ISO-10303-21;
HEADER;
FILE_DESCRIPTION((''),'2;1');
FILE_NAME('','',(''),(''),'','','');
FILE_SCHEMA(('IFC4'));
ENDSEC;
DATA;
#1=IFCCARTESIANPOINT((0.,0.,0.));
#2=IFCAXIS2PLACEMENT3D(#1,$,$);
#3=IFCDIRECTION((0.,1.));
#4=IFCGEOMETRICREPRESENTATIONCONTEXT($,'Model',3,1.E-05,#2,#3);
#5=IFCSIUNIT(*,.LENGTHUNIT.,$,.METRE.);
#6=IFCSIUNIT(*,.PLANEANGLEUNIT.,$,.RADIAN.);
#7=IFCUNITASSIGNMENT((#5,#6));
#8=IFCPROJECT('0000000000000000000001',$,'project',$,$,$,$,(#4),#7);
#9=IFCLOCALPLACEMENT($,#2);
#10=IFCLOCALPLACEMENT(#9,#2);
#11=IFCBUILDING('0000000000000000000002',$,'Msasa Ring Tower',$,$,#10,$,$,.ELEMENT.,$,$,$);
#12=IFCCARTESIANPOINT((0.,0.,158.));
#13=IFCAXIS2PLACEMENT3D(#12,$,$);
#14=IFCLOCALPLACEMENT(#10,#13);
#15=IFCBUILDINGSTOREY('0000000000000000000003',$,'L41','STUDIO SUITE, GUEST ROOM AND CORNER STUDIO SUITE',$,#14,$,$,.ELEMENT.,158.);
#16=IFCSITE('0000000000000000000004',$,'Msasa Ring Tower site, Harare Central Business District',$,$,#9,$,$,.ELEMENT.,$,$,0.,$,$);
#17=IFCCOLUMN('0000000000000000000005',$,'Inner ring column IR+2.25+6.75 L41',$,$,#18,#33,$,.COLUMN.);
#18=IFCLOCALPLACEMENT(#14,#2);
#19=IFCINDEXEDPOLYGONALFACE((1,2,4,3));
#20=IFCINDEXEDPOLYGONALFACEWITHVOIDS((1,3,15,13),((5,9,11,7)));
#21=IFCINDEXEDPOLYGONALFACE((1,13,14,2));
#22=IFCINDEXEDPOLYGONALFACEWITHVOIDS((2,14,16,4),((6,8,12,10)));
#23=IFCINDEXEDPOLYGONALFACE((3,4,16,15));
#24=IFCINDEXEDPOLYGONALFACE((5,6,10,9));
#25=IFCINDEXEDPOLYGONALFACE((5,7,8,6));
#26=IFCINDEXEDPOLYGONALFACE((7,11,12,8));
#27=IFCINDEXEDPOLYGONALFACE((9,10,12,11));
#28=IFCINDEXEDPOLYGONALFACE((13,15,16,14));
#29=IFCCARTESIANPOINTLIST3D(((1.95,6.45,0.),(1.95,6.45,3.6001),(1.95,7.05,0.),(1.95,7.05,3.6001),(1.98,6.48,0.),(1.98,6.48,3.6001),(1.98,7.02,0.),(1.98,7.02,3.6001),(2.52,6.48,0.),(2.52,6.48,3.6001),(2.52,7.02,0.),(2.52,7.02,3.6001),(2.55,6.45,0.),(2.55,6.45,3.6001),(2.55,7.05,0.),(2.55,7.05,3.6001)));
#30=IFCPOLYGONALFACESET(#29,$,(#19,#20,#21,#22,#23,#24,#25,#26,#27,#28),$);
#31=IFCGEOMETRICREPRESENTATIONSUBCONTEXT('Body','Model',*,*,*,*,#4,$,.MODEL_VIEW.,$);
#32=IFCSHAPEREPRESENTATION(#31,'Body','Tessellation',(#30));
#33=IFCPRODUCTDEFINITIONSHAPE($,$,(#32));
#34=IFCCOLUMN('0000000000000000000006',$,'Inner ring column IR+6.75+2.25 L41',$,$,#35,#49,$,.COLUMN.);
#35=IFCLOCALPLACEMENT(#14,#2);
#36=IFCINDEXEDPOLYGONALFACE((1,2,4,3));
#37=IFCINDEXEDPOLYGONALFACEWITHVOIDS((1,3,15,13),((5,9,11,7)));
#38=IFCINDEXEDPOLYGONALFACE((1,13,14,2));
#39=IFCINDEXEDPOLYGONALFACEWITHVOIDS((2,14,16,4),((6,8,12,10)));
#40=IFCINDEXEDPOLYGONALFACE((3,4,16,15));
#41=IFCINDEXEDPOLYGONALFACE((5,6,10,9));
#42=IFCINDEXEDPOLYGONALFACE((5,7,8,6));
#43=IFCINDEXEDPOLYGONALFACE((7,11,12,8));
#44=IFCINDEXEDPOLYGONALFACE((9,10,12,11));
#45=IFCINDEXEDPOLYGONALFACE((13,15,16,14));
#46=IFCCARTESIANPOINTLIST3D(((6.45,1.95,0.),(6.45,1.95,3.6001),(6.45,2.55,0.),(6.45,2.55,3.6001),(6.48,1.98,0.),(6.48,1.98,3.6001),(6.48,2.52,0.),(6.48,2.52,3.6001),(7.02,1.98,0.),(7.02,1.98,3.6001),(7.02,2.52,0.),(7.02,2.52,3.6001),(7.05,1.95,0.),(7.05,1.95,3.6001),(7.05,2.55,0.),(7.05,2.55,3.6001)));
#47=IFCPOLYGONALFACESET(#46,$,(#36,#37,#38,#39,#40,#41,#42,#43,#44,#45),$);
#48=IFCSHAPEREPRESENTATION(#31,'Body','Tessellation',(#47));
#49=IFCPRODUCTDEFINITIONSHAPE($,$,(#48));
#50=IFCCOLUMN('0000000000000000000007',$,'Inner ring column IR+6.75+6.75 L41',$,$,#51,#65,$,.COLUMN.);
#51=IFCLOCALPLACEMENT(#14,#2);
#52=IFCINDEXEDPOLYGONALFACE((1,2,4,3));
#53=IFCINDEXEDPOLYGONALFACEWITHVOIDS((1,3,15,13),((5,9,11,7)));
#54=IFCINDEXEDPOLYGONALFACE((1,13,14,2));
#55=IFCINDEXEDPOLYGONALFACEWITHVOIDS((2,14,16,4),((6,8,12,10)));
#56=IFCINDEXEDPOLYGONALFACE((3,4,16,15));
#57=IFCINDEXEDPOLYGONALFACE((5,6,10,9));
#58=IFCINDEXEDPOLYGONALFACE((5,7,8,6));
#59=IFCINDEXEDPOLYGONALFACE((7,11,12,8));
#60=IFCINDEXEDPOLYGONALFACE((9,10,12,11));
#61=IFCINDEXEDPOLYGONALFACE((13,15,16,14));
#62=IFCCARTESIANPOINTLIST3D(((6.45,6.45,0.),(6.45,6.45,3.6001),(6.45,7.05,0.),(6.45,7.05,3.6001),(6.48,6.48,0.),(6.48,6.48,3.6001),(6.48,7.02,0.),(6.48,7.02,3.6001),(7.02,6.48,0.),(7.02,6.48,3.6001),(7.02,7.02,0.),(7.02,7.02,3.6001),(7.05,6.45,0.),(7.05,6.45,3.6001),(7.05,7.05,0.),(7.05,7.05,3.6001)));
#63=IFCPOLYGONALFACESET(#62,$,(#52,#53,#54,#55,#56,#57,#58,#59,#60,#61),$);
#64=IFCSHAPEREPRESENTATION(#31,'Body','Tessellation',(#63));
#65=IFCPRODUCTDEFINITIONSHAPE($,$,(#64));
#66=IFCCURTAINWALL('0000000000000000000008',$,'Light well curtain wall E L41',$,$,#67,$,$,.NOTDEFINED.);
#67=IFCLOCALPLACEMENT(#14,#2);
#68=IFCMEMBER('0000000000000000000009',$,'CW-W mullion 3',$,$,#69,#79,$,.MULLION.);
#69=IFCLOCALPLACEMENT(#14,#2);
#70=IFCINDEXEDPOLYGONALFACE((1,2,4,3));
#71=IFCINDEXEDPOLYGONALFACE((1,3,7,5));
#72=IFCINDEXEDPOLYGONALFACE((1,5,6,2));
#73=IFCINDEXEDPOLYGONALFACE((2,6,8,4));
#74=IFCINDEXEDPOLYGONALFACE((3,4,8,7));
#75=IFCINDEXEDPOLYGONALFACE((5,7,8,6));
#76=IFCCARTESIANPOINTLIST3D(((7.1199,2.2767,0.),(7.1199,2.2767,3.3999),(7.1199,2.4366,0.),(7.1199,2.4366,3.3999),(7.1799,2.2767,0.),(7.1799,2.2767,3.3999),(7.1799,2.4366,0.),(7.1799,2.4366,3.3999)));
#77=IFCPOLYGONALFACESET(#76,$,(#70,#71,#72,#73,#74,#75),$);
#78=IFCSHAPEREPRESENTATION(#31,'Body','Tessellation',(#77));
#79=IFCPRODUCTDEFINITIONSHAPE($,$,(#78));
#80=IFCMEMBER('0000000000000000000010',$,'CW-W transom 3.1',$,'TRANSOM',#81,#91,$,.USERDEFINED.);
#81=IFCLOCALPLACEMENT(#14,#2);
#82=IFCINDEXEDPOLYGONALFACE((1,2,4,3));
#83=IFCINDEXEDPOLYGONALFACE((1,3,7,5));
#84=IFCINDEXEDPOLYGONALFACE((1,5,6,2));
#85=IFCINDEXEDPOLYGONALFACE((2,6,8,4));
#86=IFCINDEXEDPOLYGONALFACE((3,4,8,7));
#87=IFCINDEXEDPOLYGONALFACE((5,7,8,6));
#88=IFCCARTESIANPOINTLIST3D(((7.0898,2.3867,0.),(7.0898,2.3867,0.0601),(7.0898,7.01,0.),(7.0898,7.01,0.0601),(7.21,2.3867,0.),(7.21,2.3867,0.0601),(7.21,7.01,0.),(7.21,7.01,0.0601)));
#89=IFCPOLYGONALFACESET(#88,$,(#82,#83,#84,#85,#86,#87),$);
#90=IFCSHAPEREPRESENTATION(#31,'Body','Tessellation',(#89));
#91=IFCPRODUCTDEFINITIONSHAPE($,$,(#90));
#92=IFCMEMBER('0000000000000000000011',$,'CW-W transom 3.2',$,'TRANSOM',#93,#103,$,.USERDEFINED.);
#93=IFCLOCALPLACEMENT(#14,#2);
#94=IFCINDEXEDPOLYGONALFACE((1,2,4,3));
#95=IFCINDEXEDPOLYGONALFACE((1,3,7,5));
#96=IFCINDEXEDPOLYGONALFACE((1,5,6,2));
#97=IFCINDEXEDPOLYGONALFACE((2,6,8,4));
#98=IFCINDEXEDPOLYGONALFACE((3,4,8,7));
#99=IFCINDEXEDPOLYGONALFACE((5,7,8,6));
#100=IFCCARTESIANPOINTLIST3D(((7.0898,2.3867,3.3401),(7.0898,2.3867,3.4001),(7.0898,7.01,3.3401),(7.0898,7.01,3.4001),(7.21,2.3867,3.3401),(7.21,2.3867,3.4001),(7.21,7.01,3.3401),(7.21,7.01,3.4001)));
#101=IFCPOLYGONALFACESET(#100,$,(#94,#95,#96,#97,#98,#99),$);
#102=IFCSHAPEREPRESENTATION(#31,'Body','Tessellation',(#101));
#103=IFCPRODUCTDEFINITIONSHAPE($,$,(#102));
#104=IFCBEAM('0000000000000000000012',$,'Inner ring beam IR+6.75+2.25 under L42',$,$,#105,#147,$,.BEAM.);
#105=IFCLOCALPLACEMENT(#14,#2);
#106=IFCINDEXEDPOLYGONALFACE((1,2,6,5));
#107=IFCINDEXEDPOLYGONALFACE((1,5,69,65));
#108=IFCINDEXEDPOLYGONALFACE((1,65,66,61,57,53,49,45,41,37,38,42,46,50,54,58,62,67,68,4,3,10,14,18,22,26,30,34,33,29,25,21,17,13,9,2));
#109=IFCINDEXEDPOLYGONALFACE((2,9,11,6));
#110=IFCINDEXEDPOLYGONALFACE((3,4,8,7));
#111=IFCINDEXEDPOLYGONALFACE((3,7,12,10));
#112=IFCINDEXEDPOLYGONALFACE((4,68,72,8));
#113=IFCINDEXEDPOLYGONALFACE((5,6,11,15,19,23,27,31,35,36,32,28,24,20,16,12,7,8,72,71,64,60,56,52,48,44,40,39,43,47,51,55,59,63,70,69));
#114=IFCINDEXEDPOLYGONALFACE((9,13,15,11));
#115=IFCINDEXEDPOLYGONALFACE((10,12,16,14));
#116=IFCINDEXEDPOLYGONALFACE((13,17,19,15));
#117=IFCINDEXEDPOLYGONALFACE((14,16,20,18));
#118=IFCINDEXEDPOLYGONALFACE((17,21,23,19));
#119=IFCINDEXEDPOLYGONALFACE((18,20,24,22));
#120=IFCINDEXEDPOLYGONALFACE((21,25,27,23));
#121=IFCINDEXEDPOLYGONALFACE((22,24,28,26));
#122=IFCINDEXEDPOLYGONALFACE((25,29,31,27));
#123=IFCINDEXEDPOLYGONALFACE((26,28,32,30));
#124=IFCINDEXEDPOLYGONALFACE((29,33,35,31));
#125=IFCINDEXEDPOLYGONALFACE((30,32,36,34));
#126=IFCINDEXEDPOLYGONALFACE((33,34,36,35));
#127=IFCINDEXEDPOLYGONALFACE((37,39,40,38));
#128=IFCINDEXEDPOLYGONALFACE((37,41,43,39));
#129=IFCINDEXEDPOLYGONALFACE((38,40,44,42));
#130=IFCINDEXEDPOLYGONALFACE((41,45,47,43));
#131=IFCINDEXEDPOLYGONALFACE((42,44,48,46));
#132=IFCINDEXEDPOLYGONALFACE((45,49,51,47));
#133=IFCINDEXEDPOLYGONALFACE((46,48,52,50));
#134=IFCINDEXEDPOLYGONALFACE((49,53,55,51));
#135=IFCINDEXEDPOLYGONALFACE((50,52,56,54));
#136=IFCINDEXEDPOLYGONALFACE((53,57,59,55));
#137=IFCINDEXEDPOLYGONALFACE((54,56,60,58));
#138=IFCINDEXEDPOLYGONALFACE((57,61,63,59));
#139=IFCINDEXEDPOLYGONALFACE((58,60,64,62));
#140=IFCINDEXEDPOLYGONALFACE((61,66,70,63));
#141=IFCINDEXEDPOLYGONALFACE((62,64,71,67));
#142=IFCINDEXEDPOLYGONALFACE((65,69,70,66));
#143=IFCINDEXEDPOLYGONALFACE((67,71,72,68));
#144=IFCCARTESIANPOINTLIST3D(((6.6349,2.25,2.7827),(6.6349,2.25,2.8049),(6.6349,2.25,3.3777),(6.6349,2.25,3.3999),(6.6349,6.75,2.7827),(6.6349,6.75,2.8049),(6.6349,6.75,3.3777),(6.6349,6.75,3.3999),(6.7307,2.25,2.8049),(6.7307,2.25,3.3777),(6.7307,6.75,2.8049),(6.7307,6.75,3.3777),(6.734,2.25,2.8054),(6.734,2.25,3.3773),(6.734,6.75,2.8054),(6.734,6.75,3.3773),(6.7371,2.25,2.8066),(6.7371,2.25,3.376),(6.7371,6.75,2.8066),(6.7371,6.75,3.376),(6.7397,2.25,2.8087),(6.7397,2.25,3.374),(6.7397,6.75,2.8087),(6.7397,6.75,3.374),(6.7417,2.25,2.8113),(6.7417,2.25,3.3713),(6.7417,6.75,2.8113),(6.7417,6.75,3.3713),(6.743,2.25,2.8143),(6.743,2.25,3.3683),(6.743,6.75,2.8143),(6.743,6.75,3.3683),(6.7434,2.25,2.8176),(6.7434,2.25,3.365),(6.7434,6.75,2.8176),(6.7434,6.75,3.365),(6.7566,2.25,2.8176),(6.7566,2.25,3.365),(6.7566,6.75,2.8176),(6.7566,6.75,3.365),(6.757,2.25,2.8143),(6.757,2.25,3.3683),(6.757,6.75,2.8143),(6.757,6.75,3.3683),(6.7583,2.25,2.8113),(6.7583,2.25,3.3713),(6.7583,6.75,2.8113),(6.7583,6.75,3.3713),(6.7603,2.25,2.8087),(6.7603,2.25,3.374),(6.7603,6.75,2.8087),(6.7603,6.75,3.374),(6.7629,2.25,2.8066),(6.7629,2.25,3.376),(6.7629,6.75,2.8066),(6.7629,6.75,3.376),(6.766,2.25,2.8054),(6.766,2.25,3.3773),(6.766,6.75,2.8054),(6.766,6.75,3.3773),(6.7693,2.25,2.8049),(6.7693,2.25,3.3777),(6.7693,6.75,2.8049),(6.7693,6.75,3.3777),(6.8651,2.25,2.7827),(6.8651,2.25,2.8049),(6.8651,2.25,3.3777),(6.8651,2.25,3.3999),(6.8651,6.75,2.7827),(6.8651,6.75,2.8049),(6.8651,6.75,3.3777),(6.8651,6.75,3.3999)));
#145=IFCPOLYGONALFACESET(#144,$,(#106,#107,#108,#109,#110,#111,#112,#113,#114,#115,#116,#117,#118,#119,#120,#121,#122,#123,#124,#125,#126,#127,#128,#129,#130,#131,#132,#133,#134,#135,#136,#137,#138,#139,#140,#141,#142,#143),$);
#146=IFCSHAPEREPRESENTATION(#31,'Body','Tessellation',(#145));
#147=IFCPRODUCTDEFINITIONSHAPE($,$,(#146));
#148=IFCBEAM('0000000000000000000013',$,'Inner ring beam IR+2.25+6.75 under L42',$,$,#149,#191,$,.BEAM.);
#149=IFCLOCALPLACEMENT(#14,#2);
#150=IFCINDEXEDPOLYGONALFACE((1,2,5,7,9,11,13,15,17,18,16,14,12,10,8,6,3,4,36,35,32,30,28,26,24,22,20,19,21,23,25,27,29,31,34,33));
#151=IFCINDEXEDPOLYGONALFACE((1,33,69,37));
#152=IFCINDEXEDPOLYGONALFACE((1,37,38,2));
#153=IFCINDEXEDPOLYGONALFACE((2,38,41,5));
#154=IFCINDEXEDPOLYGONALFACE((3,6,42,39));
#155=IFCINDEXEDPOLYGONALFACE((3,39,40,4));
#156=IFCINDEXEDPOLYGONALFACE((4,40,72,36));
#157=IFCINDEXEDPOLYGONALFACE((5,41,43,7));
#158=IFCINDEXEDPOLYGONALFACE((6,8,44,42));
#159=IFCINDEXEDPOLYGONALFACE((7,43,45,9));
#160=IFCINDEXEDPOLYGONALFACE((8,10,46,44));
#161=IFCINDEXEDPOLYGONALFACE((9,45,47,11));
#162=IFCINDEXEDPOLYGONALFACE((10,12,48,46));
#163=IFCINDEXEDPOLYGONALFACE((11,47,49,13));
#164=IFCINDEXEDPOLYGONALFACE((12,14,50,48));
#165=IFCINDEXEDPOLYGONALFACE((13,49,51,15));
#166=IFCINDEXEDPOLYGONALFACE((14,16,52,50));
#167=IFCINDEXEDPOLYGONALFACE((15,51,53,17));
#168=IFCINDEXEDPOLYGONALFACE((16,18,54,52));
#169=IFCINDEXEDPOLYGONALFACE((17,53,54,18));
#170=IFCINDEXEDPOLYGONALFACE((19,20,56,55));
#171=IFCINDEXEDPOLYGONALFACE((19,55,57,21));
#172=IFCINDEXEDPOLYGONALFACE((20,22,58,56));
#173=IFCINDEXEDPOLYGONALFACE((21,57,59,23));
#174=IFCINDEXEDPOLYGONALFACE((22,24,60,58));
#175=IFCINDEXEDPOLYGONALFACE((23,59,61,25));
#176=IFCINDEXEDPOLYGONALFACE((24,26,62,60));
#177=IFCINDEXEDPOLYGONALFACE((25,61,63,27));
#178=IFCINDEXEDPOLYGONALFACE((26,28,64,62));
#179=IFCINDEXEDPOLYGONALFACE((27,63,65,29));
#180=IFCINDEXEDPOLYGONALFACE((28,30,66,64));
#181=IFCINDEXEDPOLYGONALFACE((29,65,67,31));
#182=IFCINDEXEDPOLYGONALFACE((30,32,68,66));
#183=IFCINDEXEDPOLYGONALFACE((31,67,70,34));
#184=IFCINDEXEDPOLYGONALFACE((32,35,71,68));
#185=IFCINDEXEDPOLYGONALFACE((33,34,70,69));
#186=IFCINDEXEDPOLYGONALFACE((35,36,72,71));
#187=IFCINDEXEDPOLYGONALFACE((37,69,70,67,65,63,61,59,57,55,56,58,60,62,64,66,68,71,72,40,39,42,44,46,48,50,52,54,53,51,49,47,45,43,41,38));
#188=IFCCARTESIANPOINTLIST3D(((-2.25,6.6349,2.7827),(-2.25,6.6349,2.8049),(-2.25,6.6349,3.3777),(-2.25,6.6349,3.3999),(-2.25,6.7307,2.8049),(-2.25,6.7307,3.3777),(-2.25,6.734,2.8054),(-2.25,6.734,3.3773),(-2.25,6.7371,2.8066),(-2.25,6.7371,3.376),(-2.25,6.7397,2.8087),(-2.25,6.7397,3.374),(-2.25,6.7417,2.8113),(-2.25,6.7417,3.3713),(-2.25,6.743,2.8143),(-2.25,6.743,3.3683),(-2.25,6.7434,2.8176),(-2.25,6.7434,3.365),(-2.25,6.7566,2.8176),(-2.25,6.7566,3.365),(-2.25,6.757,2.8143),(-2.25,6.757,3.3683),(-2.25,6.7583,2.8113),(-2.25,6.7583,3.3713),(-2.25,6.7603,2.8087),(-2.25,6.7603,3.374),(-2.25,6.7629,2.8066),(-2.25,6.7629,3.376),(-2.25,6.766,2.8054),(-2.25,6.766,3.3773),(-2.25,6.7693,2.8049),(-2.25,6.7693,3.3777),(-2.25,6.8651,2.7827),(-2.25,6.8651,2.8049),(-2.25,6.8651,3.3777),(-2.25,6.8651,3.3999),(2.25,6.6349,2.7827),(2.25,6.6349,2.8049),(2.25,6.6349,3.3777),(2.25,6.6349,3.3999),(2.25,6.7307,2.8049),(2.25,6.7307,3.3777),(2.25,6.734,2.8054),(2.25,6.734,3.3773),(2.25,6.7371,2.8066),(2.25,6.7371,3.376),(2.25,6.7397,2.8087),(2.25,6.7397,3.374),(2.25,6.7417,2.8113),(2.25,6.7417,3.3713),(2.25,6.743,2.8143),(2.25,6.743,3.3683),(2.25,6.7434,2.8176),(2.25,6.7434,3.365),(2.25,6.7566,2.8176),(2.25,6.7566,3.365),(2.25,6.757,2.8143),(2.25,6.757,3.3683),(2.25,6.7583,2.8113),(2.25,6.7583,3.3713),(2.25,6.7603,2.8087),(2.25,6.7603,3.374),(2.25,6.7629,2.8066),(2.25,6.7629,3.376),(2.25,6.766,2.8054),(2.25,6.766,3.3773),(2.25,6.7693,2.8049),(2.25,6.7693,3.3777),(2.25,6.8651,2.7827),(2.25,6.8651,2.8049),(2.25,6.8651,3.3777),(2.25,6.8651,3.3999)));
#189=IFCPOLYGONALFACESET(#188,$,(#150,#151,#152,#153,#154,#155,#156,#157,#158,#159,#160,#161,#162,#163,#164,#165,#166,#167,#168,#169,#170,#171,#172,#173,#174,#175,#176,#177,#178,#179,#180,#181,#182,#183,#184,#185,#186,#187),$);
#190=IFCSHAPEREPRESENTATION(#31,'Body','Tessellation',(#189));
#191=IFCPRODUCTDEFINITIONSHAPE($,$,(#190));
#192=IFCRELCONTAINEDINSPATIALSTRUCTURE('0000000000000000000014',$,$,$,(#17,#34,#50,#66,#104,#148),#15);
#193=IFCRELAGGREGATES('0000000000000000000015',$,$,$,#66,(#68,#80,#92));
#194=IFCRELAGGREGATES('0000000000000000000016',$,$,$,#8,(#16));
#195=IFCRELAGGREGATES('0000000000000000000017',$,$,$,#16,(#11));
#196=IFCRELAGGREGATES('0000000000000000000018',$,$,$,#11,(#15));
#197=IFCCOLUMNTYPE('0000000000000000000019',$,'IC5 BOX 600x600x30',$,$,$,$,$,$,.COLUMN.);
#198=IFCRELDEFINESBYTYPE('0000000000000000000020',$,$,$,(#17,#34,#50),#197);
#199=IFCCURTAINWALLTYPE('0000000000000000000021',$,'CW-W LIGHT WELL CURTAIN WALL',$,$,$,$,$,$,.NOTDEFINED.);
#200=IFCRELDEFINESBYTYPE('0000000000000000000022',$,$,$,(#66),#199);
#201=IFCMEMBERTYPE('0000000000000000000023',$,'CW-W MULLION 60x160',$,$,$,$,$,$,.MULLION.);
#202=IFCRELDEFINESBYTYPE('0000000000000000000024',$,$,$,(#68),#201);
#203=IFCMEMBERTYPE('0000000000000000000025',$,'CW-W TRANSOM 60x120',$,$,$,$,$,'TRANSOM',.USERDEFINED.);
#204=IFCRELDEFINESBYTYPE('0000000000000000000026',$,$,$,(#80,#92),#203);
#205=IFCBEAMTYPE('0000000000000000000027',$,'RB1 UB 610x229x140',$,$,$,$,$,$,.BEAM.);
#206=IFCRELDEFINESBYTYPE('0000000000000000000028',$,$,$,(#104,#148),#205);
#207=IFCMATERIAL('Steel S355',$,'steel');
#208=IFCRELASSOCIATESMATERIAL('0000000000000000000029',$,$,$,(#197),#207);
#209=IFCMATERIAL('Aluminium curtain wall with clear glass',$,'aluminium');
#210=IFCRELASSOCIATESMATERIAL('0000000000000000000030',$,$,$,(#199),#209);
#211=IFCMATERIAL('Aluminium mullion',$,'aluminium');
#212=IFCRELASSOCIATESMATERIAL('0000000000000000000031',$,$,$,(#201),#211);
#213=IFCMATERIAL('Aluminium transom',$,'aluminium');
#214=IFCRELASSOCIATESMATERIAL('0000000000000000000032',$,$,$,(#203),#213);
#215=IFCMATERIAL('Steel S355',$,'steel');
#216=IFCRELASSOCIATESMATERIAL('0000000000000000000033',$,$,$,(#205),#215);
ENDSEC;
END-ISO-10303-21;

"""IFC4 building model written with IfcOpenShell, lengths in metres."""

from ifc_helpers import new_model, si_unit, direction, frame, origin, origin_2d, place, context, subcontext, project, spatial, rectangle, hollow_rectangle, i_section, extrude, material, material_profile, profile_set, type_object, element, aggregate, save


model = new_model("IFC4")

# Units and contexts
model_context = context("Model", 3, precision=1e-05, world=origin(), true_north=direction((0.0, 1.0)))
body_context = subcontext(model_context, "Body", "Model", "MODEL_VIEW")
ifc_project = project(units=[si_unit("LENGTHUNIT", "METRE"), si_unit("PLANEANGLEUNIT", "RADIAN")], contexts=[model_context])

# Site, building, storey
site_placement = place(None, origin())
site = spatial("IfcSite", under=ifc_project, at=site_placement, Name="Msasa Ring Tower site, Harare Central Business District", CompositionType="ELEMENT", RefElevation=0.0)
building_placement = place(site_placement, origin())
building = spatial("IfcBuilding", under=site, at=building_placement, Name="Msasa Ring Tower", CompositionType="ELEMENT")
storey_placement = place(building_placement, frame((0.0, 0.0, 158.0)))
storey = spatial("IfcBuildingStorey", under=building, at=storey_placement, Name="L41", Description="STUDIO SUITE, GUEST ROOM AND CORNER STUDIO SUITE", CompositionType="ELEMENT", Elevation=158.0)

# Columns
ifc_material_1 = material(Name="Steel S355", Category="steel")
ifc_material_profile_1 = material_profile(ifc_material_1, hollow_rectangle(XDim=0.6001, YDim=0.6001, WallThickness=0.03, at=origin_2d()), Name="BOX 600x600x30")
ifc_profile_set_1 = profile_set([ifc_material_profile_1], Name="Steel S355")
column_type = type_object("IfcColumnType", Name="IC5 BOX 600x600x30", PredefinedType="COLUMN", material=ifc_profile_set_1)
for number, where, z_axis, x_axis, name in (
    (1, (2.25, 6.75, 0.0), (0.0, 0.0, 1.0), (1.0, 0.0, 0.0), "Inner ring column IR+2.25+6.75 L41"),
    (2, (6.75, 2.25, 0.0), (0.0, 0.0, 1.0), (1.0, 0.0, 0.0), "Inner ring column IR+6.75+2.25 L41"),
    (3, (6.75, 6.75, 0.0), (0.0, 0.0, 1.0), (1.0, 0.0, 0.0), "Inner ring column IR+6.75+6.75 L41"),
):
    element("IfcColumn", number, at=place(storey_placement, frame(where, z_axis=z_axis, x_axis=x_axis)), inside=storey, type_object=column_type, Name=name, PredefinedType="COLUMN", context=body_context, shape_type="SweptSolid", body=[
        extrude(hollow_rectangle(XDim=0.6001, YDim=0.6001, WallThickness=0.03, at=origin_2d()), origin(), (0.0, 0.0, 1.0), 3.6001),
    ])

# Curtain wall, members
ifc_material_2 = material(Name="Aluminium curtain wall with clear glass", Category="aluminium")
curtain_wall_type = type_object("IfcCurtainWallType", Name="CW-W LIGHT WELL CURTAIN WALL", PredefinedType="NOTDEFINED", material=ifc_material_2)
curtain_wall_placement = place(storey_placement, origin())
curtain_wall = element("IfcCurtainWall", 4, at=curtain_wall_placement, inside=storey, type_object=curtain_wall_type, Name="Light well curtain wall E L41", PredefinedType="NOTDEFINED")
ifc_material_3 = material(Name="Aluminium mullion", Category="aluminium")
ifc_material_profile_2 = material_profile(ifc_material_3, rectangle(XDim=0.0601, YDim=0.1599, at=origin_2d()), Name="AL 60x160")
ifc_profile_set_2 = profile_set([ifc_material_profile_2], Name="Aluminium mullion")
member_type_1 = type_object("IfcMemberType", Name="CW-W MULLION 60x160", PredefinedType="MULLION", material=ifc_profile_set_2)
member_1_placement = place(storey_placement, frame((7.1499, 2.3567, 0.0), z_axis=(0.0, 0.0, 1.0), x_axis=(-1.0, 0.0, 0.0)))
member_1 = element("IfcMember", 5, at=member_1_placement, type_object=member_type_1, Name="CW-W mullion 3", PredefinedType="MULLION", context=body_context, shape_type="SweptSolid", body=[
    extrude(rectangle(XDim=0.0601, YDim=0.1599, at=origin_2d()), origin(), (0.0, 0.0, 1.0), 3.3999),
])
ifc_material_4 = material(Name="Aluminium transom", Category="aluminium")
ifc_material_profile_3 = material_profile(ifc_material_4, rectangle(XDim=0.1201, YDim=0.0601, at=origin_2d()), Name="AL 60x120")
ifc_profile_set_3 = profile_set([ifc_material_profile_3], Name="Aluminium transom")
member_type_2 = type_object("IfcMemberType", Name="CW-W TRANSOM 60x120", ElementType="TRANSOM", PredefinedType="USERDEFINED", material=ifc_profile_set_3)
member_2_placement = place(storey_placement, frame((7.1499, 2.3867, 0.03), z_axis=(0.0, 1.0, 0.0), x_axis=(-1.0, 0.0, 0.0)))
member_2 = element("IfcMember", 6, at=member_2_placement, type_object=member_type_2, Name="CW-W transom 3.1", ObjectType="TRANSOM", PredefinedType="USERDEFINED", context=body_context, shape_type="SweptSolid", body=[
    extrude(rectangle(XDim=0.1201, YDim=0.0601, at=origin_2d()), origin(), (0.0, 0.0, 1.0), 4.6233),
])
member_3_placement = place(storey_placement, frame((7.1499, 2.3867, 3.3701), z_axis=(0.0, 1.0, 0.0), x_axis=(-1.0, 0.0, 0.0)))
member_3 = element("IfcMember", 7, at=member_3_placement, type_object=member_type_2, Name="CW-W transom 3.2", ObjectType="TRANSOM", PredefinedType="USERDEFINED", context=body_context, shape_type="SweptSolid", body=[
    extrude(rectangle(XDim=0.1201, YDim=0.0601, at=origin_2d()), origin(), (0.0, 0.0, 1.0), 4.6233),
])

# Beams
ifc_material_5 = material(Name="Steel S355", Category="steel")
ifc_material_profile_4 = material_profile(ifc_material_5, i_section(OverallWidth=0.2302, OverallDepth=0.6172, WebThickness=0.0132, FlangeThickness=0.0222, FilletRadius=0.0127, at=origin_2d()), Name="UB 610x229x140")
ifc_profile_set_4 = profile_set([ifc_material_profile_4], Name="Steel S355")
beam_type = type_object("IfcBeamType", Name="RB1 UB 610x229x140", PredefinedType="BEAM", material=ifc_profile_set_4)
for number, where, z_axis, x_axis, name in (
    (8, (6.75, 2.25, 3.0913), (0.0, 1.0, 0.0), (-1.0, 0.0, 0.0), "Inner ring beam IR+6.75+2.25 under L42"),
    (9, (2.25, 6.75, 3.0913), (-1.0, 0.0, 0.0), (0.0, -1.0, 0.0), "Inner ring beam IR+2.25+6.75 under L42"),
):
    element("IfcBeam", number, at=place(storey_placement, frame(where, z_axis=z_axis, x_axis=x_axis)), inside=storey, type_object=beam_type, Name=name, PredefinedType="BEAM", context=body_context, shape_type="SweptSolid", body=[
        extrude(i_section(OverallWidth=0.2302, OverallDepth=0.6172, WebThickness=0.0132, FlangeThickness=0.0222, FilletRadius=0.0127, at=origin_2d()), origin(), (0.0, 0.0, 1.0), 4.5),
    ])

aggregate(curtain_wall, [member_1, member_2, member_3])

save(model, "model.ifc")
